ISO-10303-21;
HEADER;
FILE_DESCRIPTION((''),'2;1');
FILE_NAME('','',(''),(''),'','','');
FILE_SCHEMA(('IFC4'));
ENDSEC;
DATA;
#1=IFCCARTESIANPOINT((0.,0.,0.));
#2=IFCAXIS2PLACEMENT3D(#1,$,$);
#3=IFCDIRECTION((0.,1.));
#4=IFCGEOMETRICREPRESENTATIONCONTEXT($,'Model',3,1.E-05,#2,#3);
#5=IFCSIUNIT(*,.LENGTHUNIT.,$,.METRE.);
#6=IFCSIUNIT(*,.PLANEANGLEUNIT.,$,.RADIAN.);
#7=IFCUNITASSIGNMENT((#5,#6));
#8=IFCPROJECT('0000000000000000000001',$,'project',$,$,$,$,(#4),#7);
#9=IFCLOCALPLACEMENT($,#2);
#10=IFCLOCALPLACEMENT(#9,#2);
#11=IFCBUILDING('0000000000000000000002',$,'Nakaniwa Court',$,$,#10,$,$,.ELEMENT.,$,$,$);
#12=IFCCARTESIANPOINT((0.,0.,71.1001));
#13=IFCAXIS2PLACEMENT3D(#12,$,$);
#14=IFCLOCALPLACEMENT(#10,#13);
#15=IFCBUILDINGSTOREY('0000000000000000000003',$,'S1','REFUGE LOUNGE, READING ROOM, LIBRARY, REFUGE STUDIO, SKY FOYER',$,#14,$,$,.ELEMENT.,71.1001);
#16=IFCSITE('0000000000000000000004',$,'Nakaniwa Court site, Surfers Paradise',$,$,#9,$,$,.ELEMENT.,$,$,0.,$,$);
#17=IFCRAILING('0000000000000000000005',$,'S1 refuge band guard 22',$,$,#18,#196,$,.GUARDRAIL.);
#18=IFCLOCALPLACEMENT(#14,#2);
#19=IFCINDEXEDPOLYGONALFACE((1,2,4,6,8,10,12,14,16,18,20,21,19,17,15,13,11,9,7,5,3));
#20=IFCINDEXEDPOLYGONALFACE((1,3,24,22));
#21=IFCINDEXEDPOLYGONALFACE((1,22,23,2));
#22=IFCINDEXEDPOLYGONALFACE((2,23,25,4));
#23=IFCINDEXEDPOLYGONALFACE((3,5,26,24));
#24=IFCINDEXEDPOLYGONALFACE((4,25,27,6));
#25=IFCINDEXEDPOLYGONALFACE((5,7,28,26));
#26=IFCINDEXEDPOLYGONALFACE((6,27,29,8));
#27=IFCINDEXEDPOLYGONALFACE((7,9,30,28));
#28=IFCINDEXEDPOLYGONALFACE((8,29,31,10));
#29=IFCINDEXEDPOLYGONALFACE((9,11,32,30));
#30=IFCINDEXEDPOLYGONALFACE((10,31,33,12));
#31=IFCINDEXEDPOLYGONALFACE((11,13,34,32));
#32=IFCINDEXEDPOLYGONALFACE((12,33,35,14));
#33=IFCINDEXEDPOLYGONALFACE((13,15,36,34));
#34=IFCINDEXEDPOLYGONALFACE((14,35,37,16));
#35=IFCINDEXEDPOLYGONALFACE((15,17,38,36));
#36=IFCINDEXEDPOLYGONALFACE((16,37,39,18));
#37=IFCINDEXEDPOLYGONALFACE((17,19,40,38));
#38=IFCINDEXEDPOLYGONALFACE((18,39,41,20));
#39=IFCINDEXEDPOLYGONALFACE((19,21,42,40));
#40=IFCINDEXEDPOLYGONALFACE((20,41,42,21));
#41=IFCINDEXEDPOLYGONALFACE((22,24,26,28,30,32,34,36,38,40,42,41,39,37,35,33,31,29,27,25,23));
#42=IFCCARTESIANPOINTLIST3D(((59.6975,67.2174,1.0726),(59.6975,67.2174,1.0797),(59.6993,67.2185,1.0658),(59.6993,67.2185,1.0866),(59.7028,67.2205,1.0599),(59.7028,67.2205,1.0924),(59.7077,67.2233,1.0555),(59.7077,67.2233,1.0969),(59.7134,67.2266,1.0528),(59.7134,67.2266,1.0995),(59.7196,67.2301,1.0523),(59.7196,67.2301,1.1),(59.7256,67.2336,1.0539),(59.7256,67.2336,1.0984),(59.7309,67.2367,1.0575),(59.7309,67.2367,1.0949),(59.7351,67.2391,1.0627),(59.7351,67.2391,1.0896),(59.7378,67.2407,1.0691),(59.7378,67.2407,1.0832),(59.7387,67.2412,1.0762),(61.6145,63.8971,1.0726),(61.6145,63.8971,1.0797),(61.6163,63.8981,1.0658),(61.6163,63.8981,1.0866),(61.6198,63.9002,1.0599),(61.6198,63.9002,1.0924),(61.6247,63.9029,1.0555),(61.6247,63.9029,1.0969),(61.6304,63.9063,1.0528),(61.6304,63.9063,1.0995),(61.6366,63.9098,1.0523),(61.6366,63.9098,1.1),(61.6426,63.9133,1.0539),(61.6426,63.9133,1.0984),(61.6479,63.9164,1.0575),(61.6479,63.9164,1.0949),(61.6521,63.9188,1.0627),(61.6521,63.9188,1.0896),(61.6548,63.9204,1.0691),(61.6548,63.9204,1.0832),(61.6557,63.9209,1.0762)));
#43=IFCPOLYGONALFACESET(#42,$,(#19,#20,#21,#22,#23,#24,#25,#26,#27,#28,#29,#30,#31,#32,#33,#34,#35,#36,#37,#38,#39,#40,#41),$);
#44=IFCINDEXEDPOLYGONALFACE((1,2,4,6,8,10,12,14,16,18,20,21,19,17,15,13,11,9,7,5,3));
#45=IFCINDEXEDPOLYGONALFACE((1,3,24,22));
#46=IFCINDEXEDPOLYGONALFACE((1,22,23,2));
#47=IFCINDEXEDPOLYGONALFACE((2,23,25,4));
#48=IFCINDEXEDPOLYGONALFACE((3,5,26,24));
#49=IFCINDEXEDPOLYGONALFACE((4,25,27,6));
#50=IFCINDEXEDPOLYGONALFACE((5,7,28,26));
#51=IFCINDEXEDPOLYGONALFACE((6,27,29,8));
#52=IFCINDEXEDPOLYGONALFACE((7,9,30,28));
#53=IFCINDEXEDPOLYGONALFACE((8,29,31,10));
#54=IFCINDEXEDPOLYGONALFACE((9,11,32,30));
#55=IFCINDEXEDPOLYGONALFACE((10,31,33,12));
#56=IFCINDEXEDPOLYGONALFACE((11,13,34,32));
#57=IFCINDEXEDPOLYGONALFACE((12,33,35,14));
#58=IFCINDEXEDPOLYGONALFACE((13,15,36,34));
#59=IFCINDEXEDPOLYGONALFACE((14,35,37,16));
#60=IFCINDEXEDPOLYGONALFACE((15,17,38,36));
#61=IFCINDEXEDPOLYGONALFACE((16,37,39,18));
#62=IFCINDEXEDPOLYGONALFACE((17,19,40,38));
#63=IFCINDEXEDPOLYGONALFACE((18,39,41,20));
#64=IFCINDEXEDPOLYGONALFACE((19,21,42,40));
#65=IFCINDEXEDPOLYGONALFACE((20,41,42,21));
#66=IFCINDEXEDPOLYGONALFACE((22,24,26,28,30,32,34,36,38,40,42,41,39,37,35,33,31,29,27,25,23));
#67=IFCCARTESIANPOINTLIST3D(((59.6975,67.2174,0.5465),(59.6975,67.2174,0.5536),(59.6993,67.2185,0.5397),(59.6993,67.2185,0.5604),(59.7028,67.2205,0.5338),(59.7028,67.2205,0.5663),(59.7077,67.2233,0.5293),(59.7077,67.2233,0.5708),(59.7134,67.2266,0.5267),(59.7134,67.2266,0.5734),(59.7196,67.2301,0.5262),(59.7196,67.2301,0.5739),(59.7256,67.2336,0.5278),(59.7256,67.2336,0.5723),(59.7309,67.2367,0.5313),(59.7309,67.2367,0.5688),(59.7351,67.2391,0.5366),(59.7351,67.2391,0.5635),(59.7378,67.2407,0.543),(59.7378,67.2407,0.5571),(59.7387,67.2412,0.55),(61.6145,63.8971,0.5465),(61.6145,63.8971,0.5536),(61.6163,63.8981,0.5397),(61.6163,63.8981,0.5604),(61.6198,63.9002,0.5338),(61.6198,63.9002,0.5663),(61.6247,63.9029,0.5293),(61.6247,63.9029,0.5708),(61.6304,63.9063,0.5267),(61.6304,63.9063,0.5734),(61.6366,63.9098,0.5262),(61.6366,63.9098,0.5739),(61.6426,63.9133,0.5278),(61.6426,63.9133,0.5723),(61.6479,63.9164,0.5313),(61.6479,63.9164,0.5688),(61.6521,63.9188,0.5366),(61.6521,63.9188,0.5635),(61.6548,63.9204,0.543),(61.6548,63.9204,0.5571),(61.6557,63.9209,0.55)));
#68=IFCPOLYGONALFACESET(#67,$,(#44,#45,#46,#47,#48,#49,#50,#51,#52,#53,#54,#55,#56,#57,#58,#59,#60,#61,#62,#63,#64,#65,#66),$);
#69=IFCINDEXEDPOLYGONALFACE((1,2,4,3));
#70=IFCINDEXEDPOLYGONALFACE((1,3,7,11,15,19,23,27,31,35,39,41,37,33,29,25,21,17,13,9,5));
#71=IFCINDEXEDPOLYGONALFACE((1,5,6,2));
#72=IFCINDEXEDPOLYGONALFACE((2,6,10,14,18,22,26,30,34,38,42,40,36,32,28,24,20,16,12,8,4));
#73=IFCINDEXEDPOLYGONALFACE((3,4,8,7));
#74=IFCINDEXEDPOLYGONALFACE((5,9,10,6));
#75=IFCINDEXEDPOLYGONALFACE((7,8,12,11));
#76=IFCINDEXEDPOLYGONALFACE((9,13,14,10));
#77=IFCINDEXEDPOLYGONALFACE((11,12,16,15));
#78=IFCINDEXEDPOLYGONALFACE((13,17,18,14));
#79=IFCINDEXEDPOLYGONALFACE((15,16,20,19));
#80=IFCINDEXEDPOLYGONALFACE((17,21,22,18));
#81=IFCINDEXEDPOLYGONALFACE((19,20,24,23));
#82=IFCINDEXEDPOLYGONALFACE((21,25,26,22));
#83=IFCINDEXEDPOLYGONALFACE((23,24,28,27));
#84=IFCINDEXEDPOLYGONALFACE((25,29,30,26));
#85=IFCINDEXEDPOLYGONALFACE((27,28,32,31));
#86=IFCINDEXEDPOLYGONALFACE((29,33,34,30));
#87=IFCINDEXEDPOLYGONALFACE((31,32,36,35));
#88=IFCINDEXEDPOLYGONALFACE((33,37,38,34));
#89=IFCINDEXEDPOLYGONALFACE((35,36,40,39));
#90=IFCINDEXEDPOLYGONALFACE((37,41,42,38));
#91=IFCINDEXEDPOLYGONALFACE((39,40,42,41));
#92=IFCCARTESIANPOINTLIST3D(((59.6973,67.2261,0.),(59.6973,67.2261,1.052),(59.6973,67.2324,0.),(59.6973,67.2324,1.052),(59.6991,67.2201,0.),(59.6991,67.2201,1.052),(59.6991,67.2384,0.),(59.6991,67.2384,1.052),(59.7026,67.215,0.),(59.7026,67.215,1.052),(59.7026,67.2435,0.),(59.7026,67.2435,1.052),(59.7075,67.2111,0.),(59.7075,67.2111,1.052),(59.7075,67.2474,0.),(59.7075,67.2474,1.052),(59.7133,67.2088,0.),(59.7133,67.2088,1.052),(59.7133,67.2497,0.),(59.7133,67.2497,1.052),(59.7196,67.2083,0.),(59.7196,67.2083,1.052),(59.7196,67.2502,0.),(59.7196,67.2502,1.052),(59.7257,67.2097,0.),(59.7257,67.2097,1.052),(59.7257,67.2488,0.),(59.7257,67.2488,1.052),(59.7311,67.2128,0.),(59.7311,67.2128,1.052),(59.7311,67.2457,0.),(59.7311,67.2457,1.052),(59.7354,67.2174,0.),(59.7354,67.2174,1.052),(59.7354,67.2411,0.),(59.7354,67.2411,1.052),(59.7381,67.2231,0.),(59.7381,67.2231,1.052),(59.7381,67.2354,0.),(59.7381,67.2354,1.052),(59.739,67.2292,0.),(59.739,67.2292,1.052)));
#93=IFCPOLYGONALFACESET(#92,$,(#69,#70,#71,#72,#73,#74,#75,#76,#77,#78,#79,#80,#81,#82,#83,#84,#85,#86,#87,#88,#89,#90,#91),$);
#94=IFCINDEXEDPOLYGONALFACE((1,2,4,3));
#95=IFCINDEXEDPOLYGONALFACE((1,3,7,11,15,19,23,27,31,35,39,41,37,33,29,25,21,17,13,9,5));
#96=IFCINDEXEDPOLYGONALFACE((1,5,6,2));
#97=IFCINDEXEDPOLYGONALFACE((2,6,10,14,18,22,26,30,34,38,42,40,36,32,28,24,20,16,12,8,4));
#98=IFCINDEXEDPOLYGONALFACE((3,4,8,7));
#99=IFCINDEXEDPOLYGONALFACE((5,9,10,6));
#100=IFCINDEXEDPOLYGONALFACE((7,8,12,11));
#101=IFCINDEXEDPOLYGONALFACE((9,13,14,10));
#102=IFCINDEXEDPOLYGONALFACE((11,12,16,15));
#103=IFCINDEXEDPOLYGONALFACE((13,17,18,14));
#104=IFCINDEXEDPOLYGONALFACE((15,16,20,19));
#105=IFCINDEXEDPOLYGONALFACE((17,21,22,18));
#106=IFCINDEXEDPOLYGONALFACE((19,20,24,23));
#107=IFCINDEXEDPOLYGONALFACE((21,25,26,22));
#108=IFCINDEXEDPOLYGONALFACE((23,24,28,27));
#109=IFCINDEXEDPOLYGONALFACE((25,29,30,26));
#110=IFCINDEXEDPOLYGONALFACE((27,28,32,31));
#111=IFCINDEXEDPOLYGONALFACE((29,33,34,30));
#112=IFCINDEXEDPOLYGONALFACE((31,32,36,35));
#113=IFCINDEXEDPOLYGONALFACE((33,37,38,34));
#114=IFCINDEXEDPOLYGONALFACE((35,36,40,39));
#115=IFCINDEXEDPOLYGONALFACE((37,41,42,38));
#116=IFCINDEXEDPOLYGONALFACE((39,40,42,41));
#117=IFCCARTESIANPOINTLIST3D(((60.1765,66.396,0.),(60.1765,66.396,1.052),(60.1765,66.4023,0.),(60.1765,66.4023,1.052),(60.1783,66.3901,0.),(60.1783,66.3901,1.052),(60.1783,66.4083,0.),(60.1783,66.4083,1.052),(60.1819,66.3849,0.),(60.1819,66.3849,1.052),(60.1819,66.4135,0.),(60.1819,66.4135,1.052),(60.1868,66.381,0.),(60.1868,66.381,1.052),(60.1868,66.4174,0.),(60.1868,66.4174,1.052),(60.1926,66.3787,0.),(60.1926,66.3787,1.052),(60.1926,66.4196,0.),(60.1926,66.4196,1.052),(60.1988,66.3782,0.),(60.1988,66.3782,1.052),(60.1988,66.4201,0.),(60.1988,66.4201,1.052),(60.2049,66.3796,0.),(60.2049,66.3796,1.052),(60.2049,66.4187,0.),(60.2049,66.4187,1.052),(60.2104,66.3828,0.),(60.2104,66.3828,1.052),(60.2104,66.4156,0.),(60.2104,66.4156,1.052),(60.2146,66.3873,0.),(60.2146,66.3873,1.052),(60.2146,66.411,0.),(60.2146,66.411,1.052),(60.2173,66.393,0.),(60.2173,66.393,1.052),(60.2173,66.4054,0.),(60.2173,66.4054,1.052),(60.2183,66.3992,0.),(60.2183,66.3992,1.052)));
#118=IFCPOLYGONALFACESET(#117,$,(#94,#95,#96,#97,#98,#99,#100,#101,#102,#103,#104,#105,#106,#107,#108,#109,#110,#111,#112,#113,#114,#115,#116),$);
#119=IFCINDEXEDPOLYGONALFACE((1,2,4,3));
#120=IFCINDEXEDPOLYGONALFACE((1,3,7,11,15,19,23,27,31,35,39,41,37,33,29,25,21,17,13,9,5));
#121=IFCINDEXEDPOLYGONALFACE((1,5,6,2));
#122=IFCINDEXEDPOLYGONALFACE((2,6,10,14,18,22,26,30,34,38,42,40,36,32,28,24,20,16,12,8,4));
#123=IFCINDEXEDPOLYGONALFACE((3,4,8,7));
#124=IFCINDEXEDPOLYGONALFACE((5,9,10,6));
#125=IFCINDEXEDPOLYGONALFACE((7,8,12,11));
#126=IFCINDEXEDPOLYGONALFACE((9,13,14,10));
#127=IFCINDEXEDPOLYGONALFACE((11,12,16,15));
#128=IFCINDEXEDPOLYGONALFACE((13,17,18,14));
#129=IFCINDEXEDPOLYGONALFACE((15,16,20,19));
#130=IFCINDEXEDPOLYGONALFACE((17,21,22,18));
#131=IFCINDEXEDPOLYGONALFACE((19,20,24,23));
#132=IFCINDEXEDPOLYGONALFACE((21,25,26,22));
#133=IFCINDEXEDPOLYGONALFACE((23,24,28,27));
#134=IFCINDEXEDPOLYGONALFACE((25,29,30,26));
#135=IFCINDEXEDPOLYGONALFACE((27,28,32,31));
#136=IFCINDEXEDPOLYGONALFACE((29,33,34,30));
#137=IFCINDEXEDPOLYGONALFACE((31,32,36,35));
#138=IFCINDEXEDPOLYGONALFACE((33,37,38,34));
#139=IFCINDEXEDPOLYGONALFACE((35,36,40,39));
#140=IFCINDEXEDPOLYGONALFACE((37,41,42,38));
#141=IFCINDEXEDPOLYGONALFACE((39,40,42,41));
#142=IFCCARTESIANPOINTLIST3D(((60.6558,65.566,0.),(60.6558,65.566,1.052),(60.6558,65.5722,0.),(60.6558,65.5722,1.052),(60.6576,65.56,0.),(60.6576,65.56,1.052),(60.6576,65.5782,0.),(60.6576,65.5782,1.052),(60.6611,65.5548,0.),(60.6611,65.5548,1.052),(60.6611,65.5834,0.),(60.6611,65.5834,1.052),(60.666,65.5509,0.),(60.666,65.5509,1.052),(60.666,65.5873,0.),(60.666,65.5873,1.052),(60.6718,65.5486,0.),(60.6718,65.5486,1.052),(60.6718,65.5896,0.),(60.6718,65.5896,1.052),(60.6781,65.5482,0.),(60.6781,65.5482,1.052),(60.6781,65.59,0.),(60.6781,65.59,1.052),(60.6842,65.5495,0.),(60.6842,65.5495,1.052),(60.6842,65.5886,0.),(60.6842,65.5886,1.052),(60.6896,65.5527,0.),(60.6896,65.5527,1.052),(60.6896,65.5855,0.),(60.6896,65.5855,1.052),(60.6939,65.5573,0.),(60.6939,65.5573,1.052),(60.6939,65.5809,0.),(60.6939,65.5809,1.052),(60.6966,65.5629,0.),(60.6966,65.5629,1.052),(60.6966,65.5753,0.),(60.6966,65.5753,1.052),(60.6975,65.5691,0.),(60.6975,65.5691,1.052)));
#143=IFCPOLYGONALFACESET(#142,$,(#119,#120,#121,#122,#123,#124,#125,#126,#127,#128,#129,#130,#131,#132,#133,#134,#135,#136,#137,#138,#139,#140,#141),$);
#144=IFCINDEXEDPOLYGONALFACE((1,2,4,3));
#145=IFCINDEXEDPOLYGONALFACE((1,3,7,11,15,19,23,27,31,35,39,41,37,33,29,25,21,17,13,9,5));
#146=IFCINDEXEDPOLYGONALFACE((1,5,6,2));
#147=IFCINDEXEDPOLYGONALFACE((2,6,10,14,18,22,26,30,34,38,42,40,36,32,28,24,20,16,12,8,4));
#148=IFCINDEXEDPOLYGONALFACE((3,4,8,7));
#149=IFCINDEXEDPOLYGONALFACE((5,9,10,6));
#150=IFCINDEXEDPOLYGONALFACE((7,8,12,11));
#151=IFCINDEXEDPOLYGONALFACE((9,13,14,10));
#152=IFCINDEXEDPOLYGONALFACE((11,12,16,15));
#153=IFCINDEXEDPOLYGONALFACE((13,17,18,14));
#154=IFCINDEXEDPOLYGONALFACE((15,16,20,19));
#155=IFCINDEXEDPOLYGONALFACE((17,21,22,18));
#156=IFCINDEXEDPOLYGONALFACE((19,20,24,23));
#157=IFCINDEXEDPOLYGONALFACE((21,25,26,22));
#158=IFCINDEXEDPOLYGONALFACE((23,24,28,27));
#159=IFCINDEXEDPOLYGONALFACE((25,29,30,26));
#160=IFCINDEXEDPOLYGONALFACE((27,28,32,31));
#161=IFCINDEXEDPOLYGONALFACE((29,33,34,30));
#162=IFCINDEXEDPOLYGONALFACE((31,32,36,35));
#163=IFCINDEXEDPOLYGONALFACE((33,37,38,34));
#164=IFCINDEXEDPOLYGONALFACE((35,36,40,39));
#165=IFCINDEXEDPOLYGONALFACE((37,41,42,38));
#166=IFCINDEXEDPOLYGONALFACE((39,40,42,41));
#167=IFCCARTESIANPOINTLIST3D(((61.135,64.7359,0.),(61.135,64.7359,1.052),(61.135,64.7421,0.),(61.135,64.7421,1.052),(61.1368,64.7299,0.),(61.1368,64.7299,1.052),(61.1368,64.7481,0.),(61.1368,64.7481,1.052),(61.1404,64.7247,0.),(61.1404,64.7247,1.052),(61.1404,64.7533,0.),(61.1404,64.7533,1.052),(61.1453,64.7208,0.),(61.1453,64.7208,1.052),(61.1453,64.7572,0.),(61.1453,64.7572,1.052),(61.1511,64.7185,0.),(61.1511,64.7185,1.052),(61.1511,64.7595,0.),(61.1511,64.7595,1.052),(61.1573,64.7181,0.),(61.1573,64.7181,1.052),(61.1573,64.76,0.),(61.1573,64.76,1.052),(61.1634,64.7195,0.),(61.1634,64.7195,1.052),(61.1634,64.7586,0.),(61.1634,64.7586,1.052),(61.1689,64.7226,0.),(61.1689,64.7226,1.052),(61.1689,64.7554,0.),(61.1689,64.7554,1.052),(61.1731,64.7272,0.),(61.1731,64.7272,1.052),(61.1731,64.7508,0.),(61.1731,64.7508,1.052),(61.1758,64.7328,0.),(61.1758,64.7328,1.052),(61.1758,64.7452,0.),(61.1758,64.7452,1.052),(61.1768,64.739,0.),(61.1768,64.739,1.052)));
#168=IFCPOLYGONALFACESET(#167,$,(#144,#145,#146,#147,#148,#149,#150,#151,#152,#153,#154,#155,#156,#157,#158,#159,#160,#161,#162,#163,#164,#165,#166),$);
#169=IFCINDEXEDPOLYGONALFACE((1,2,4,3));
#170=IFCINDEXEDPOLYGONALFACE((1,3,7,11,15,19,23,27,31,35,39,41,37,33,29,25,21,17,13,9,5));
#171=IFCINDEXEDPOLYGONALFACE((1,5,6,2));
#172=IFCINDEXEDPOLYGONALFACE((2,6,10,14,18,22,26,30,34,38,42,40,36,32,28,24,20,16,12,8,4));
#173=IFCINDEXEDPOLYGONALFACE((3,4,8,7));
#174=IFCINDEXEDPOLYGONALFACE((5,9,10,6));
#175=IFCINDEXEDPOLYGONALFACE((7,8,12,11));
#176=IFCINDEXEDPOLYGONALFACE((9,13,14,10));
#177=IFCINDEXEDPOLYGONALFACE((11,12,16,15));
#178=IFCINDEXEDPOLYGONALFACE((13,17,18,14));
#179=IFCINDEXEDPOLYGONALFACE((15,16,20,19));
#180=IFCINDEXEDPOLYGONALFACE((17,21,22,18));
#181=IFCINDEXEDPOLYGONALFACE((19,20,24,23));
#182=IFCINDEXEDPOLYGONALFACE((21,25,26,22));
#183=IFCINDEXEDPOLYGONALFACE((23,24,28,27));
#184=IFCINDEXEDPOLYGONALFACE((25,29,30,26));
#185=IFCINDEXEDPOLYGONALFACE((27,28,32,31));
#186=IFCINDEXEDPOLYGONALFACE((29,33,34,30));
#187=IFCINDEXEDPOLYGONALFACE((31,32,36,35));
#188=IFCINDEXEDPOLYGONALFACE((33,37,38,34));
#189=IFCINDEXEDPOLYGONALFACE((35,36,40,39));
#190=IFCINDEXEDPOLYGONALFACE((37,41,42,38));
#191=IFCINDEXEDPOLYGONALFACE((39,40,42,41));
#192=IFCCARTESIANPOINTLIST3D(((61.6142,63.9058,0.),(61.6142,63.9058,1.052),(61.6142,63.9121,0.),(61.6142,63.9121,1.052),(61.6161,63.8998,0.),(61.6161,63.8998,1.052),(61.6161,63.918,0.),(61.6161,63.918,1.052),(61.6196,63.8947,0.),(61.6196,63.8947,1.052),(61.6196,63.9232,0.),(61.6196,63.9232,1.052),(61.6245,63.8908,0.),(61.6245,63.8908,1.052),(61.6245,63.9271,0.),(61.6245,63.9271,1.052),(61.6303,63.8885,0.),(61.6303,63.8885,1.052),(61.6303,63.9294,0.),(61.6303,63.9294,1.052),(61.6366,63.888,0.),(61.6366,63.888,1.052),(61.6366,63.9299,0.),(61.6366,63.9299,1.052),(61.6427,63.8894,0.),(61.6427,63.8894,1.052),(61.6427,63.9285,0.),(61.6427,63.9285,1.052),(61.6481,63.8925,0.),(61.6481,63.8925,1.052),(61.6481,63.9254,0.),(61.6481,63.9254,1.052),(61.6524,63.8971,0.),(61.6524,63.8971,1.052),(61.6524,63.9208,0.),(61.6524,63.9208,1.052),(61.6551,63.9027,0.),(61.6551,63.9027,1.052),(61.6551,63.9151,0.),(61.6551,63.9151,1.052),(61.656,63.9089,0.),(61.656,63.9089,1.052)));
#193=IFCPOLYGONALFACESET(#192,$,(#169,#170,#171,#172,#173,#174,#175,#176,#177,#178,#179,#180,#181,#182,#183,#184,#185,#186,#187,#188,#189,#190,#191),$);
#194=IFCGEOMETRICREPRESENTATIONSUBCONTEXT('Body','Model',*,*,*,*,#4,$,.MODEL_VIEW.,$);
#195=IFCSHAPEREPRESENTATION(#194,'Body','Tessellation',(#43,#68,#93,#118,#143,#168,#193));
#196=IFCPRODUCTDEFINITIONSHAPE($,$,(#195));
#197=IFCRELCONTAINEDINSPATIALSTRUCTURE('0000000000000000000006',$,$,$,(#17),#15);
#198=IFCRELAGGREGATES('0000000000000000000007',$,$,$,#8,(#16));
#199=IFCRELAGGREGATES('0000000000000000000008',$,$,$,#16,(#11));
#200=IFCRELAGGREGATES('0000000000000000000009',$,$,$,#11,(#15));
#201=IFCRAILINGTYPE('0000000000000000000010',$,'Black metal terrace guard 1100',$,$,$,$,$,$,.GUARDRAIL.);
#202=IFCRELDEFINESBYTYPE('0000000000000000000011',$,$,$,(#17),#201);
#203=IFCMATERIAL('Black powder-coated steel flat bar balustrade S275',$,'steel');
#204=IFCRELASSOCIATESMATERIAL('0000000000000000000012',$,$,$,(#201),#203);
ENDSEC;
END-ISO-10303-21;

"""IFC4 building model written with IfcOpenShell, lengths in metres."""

from ifc_helpers import new_model, si_unit, direction, frame, origin, origin_2d, place, context, subcontext, project, spatial, circle, extrude, material, type_object, element, save


model = new_model("IFC4")

# Units and contexts
model_context = context("Model", 3, precision=1e-05, world=origin(), true_north=direction((0.0, 1.0)))
body_context = subcontext(model_context, "Body", "Model", "MODEL_VIEW")
ifc_project = project(units=[si_unit("LENGTHUNIT", "METRE"), si_unit("PLANEANGLEUNIT", "RADIAN")], contexts=[model_context])

# Site, building, storey
site_placement = place(None, origin())
site = spatial("IfcSite", under=ifc_project, at=site_placement, Name="Nakaniwa Court site, Surfers Paradise", CompositionType="ELEMENT", RefElevation=0.0)
building_placement = place(site_placement, origin())
building = spatial("IfcBuilding", under=site, at=building_placement, Name="Nakaniwa Court", CompositionType="ELEMENT")
storey_placement = place(building_placement, frame((0.0, 0.0, 71.1001)))
storey = spatial("IfcBuildingStorey", under=building, at=storey_placement, Name="S1", Description="REFUGE LOUNGE, READING ROOM, LIBRARY, REFUGE STUDIO, SKY FOYER", CompositionType="ELEMENT", Elevation=71.1001)

# Railing
ifc_material_1 = material(Name="Black powder-coated steel flat bar balustrade S275", Category="steel")
railing_type = type_object("IfcRailingType", Name="Black metal terrace guard 1100", PredefinedType="GUARDRAIL", material=ifc_material_1)
railing_1_placement = place(storey_placement, frame((59.718, 67.2292, 0.0)))
element("IfcRailing", 1, at=railing_1_placement, inside=storey, type_object=railing_type, Name="S1 refuge band guard 22", PredefinedType="GUARDRAIL", context=body_context, shape_type="SweptSolid", body=[
    extrude(circle(Radius=0.0239, at=origin_2d()), frame((0.0, 0.0, 1.0762), z_axis=(0.500002, -0.866024, 0.0), x_axis=(0.866024, 0.500002, 0.0)), (0.0, 0.0, 1.0), 3.834),
    extrude(circle(Radius=0.0239, at=origin_2d()), frame((0.0, 0.0, 0.55), z_axis=(0.500002, -0.866024, 0.0), x_axis=(0.866024, 0.500002, 0.0)), (0.0, 0.0, 1.0), 3.834),
    extrude(circle(Radius=0.021, at=origin_2d()), origin(), (0.0, 0.0, 1.0), 1.052),
    extrude(circle(Radius=0.021, at=origin_2d()), frame((0.4792, -0.8301, 0.0)), (0.0, 0.0, 1.0), 1.052),
    extrude(circle(Radius=0.021, at=origin_2d()), frame((0.9585, -1.6602, 0.0)), (0.0, 0.0, 1.0), 1.052),
    extrude(circle(Radius=0.021, at=origin_2d()), frame((1.4377, -2.4902, 0.0)), (0.0, 0.0, 1.0), 1.052),
    extrude(circle(Radius=0.021, at=origin_2d()), frame((1.917, -3.3203, 0.0)), (0.0, 0.0, 1.0), 1.052),
])

save(model, "model.ifc")
